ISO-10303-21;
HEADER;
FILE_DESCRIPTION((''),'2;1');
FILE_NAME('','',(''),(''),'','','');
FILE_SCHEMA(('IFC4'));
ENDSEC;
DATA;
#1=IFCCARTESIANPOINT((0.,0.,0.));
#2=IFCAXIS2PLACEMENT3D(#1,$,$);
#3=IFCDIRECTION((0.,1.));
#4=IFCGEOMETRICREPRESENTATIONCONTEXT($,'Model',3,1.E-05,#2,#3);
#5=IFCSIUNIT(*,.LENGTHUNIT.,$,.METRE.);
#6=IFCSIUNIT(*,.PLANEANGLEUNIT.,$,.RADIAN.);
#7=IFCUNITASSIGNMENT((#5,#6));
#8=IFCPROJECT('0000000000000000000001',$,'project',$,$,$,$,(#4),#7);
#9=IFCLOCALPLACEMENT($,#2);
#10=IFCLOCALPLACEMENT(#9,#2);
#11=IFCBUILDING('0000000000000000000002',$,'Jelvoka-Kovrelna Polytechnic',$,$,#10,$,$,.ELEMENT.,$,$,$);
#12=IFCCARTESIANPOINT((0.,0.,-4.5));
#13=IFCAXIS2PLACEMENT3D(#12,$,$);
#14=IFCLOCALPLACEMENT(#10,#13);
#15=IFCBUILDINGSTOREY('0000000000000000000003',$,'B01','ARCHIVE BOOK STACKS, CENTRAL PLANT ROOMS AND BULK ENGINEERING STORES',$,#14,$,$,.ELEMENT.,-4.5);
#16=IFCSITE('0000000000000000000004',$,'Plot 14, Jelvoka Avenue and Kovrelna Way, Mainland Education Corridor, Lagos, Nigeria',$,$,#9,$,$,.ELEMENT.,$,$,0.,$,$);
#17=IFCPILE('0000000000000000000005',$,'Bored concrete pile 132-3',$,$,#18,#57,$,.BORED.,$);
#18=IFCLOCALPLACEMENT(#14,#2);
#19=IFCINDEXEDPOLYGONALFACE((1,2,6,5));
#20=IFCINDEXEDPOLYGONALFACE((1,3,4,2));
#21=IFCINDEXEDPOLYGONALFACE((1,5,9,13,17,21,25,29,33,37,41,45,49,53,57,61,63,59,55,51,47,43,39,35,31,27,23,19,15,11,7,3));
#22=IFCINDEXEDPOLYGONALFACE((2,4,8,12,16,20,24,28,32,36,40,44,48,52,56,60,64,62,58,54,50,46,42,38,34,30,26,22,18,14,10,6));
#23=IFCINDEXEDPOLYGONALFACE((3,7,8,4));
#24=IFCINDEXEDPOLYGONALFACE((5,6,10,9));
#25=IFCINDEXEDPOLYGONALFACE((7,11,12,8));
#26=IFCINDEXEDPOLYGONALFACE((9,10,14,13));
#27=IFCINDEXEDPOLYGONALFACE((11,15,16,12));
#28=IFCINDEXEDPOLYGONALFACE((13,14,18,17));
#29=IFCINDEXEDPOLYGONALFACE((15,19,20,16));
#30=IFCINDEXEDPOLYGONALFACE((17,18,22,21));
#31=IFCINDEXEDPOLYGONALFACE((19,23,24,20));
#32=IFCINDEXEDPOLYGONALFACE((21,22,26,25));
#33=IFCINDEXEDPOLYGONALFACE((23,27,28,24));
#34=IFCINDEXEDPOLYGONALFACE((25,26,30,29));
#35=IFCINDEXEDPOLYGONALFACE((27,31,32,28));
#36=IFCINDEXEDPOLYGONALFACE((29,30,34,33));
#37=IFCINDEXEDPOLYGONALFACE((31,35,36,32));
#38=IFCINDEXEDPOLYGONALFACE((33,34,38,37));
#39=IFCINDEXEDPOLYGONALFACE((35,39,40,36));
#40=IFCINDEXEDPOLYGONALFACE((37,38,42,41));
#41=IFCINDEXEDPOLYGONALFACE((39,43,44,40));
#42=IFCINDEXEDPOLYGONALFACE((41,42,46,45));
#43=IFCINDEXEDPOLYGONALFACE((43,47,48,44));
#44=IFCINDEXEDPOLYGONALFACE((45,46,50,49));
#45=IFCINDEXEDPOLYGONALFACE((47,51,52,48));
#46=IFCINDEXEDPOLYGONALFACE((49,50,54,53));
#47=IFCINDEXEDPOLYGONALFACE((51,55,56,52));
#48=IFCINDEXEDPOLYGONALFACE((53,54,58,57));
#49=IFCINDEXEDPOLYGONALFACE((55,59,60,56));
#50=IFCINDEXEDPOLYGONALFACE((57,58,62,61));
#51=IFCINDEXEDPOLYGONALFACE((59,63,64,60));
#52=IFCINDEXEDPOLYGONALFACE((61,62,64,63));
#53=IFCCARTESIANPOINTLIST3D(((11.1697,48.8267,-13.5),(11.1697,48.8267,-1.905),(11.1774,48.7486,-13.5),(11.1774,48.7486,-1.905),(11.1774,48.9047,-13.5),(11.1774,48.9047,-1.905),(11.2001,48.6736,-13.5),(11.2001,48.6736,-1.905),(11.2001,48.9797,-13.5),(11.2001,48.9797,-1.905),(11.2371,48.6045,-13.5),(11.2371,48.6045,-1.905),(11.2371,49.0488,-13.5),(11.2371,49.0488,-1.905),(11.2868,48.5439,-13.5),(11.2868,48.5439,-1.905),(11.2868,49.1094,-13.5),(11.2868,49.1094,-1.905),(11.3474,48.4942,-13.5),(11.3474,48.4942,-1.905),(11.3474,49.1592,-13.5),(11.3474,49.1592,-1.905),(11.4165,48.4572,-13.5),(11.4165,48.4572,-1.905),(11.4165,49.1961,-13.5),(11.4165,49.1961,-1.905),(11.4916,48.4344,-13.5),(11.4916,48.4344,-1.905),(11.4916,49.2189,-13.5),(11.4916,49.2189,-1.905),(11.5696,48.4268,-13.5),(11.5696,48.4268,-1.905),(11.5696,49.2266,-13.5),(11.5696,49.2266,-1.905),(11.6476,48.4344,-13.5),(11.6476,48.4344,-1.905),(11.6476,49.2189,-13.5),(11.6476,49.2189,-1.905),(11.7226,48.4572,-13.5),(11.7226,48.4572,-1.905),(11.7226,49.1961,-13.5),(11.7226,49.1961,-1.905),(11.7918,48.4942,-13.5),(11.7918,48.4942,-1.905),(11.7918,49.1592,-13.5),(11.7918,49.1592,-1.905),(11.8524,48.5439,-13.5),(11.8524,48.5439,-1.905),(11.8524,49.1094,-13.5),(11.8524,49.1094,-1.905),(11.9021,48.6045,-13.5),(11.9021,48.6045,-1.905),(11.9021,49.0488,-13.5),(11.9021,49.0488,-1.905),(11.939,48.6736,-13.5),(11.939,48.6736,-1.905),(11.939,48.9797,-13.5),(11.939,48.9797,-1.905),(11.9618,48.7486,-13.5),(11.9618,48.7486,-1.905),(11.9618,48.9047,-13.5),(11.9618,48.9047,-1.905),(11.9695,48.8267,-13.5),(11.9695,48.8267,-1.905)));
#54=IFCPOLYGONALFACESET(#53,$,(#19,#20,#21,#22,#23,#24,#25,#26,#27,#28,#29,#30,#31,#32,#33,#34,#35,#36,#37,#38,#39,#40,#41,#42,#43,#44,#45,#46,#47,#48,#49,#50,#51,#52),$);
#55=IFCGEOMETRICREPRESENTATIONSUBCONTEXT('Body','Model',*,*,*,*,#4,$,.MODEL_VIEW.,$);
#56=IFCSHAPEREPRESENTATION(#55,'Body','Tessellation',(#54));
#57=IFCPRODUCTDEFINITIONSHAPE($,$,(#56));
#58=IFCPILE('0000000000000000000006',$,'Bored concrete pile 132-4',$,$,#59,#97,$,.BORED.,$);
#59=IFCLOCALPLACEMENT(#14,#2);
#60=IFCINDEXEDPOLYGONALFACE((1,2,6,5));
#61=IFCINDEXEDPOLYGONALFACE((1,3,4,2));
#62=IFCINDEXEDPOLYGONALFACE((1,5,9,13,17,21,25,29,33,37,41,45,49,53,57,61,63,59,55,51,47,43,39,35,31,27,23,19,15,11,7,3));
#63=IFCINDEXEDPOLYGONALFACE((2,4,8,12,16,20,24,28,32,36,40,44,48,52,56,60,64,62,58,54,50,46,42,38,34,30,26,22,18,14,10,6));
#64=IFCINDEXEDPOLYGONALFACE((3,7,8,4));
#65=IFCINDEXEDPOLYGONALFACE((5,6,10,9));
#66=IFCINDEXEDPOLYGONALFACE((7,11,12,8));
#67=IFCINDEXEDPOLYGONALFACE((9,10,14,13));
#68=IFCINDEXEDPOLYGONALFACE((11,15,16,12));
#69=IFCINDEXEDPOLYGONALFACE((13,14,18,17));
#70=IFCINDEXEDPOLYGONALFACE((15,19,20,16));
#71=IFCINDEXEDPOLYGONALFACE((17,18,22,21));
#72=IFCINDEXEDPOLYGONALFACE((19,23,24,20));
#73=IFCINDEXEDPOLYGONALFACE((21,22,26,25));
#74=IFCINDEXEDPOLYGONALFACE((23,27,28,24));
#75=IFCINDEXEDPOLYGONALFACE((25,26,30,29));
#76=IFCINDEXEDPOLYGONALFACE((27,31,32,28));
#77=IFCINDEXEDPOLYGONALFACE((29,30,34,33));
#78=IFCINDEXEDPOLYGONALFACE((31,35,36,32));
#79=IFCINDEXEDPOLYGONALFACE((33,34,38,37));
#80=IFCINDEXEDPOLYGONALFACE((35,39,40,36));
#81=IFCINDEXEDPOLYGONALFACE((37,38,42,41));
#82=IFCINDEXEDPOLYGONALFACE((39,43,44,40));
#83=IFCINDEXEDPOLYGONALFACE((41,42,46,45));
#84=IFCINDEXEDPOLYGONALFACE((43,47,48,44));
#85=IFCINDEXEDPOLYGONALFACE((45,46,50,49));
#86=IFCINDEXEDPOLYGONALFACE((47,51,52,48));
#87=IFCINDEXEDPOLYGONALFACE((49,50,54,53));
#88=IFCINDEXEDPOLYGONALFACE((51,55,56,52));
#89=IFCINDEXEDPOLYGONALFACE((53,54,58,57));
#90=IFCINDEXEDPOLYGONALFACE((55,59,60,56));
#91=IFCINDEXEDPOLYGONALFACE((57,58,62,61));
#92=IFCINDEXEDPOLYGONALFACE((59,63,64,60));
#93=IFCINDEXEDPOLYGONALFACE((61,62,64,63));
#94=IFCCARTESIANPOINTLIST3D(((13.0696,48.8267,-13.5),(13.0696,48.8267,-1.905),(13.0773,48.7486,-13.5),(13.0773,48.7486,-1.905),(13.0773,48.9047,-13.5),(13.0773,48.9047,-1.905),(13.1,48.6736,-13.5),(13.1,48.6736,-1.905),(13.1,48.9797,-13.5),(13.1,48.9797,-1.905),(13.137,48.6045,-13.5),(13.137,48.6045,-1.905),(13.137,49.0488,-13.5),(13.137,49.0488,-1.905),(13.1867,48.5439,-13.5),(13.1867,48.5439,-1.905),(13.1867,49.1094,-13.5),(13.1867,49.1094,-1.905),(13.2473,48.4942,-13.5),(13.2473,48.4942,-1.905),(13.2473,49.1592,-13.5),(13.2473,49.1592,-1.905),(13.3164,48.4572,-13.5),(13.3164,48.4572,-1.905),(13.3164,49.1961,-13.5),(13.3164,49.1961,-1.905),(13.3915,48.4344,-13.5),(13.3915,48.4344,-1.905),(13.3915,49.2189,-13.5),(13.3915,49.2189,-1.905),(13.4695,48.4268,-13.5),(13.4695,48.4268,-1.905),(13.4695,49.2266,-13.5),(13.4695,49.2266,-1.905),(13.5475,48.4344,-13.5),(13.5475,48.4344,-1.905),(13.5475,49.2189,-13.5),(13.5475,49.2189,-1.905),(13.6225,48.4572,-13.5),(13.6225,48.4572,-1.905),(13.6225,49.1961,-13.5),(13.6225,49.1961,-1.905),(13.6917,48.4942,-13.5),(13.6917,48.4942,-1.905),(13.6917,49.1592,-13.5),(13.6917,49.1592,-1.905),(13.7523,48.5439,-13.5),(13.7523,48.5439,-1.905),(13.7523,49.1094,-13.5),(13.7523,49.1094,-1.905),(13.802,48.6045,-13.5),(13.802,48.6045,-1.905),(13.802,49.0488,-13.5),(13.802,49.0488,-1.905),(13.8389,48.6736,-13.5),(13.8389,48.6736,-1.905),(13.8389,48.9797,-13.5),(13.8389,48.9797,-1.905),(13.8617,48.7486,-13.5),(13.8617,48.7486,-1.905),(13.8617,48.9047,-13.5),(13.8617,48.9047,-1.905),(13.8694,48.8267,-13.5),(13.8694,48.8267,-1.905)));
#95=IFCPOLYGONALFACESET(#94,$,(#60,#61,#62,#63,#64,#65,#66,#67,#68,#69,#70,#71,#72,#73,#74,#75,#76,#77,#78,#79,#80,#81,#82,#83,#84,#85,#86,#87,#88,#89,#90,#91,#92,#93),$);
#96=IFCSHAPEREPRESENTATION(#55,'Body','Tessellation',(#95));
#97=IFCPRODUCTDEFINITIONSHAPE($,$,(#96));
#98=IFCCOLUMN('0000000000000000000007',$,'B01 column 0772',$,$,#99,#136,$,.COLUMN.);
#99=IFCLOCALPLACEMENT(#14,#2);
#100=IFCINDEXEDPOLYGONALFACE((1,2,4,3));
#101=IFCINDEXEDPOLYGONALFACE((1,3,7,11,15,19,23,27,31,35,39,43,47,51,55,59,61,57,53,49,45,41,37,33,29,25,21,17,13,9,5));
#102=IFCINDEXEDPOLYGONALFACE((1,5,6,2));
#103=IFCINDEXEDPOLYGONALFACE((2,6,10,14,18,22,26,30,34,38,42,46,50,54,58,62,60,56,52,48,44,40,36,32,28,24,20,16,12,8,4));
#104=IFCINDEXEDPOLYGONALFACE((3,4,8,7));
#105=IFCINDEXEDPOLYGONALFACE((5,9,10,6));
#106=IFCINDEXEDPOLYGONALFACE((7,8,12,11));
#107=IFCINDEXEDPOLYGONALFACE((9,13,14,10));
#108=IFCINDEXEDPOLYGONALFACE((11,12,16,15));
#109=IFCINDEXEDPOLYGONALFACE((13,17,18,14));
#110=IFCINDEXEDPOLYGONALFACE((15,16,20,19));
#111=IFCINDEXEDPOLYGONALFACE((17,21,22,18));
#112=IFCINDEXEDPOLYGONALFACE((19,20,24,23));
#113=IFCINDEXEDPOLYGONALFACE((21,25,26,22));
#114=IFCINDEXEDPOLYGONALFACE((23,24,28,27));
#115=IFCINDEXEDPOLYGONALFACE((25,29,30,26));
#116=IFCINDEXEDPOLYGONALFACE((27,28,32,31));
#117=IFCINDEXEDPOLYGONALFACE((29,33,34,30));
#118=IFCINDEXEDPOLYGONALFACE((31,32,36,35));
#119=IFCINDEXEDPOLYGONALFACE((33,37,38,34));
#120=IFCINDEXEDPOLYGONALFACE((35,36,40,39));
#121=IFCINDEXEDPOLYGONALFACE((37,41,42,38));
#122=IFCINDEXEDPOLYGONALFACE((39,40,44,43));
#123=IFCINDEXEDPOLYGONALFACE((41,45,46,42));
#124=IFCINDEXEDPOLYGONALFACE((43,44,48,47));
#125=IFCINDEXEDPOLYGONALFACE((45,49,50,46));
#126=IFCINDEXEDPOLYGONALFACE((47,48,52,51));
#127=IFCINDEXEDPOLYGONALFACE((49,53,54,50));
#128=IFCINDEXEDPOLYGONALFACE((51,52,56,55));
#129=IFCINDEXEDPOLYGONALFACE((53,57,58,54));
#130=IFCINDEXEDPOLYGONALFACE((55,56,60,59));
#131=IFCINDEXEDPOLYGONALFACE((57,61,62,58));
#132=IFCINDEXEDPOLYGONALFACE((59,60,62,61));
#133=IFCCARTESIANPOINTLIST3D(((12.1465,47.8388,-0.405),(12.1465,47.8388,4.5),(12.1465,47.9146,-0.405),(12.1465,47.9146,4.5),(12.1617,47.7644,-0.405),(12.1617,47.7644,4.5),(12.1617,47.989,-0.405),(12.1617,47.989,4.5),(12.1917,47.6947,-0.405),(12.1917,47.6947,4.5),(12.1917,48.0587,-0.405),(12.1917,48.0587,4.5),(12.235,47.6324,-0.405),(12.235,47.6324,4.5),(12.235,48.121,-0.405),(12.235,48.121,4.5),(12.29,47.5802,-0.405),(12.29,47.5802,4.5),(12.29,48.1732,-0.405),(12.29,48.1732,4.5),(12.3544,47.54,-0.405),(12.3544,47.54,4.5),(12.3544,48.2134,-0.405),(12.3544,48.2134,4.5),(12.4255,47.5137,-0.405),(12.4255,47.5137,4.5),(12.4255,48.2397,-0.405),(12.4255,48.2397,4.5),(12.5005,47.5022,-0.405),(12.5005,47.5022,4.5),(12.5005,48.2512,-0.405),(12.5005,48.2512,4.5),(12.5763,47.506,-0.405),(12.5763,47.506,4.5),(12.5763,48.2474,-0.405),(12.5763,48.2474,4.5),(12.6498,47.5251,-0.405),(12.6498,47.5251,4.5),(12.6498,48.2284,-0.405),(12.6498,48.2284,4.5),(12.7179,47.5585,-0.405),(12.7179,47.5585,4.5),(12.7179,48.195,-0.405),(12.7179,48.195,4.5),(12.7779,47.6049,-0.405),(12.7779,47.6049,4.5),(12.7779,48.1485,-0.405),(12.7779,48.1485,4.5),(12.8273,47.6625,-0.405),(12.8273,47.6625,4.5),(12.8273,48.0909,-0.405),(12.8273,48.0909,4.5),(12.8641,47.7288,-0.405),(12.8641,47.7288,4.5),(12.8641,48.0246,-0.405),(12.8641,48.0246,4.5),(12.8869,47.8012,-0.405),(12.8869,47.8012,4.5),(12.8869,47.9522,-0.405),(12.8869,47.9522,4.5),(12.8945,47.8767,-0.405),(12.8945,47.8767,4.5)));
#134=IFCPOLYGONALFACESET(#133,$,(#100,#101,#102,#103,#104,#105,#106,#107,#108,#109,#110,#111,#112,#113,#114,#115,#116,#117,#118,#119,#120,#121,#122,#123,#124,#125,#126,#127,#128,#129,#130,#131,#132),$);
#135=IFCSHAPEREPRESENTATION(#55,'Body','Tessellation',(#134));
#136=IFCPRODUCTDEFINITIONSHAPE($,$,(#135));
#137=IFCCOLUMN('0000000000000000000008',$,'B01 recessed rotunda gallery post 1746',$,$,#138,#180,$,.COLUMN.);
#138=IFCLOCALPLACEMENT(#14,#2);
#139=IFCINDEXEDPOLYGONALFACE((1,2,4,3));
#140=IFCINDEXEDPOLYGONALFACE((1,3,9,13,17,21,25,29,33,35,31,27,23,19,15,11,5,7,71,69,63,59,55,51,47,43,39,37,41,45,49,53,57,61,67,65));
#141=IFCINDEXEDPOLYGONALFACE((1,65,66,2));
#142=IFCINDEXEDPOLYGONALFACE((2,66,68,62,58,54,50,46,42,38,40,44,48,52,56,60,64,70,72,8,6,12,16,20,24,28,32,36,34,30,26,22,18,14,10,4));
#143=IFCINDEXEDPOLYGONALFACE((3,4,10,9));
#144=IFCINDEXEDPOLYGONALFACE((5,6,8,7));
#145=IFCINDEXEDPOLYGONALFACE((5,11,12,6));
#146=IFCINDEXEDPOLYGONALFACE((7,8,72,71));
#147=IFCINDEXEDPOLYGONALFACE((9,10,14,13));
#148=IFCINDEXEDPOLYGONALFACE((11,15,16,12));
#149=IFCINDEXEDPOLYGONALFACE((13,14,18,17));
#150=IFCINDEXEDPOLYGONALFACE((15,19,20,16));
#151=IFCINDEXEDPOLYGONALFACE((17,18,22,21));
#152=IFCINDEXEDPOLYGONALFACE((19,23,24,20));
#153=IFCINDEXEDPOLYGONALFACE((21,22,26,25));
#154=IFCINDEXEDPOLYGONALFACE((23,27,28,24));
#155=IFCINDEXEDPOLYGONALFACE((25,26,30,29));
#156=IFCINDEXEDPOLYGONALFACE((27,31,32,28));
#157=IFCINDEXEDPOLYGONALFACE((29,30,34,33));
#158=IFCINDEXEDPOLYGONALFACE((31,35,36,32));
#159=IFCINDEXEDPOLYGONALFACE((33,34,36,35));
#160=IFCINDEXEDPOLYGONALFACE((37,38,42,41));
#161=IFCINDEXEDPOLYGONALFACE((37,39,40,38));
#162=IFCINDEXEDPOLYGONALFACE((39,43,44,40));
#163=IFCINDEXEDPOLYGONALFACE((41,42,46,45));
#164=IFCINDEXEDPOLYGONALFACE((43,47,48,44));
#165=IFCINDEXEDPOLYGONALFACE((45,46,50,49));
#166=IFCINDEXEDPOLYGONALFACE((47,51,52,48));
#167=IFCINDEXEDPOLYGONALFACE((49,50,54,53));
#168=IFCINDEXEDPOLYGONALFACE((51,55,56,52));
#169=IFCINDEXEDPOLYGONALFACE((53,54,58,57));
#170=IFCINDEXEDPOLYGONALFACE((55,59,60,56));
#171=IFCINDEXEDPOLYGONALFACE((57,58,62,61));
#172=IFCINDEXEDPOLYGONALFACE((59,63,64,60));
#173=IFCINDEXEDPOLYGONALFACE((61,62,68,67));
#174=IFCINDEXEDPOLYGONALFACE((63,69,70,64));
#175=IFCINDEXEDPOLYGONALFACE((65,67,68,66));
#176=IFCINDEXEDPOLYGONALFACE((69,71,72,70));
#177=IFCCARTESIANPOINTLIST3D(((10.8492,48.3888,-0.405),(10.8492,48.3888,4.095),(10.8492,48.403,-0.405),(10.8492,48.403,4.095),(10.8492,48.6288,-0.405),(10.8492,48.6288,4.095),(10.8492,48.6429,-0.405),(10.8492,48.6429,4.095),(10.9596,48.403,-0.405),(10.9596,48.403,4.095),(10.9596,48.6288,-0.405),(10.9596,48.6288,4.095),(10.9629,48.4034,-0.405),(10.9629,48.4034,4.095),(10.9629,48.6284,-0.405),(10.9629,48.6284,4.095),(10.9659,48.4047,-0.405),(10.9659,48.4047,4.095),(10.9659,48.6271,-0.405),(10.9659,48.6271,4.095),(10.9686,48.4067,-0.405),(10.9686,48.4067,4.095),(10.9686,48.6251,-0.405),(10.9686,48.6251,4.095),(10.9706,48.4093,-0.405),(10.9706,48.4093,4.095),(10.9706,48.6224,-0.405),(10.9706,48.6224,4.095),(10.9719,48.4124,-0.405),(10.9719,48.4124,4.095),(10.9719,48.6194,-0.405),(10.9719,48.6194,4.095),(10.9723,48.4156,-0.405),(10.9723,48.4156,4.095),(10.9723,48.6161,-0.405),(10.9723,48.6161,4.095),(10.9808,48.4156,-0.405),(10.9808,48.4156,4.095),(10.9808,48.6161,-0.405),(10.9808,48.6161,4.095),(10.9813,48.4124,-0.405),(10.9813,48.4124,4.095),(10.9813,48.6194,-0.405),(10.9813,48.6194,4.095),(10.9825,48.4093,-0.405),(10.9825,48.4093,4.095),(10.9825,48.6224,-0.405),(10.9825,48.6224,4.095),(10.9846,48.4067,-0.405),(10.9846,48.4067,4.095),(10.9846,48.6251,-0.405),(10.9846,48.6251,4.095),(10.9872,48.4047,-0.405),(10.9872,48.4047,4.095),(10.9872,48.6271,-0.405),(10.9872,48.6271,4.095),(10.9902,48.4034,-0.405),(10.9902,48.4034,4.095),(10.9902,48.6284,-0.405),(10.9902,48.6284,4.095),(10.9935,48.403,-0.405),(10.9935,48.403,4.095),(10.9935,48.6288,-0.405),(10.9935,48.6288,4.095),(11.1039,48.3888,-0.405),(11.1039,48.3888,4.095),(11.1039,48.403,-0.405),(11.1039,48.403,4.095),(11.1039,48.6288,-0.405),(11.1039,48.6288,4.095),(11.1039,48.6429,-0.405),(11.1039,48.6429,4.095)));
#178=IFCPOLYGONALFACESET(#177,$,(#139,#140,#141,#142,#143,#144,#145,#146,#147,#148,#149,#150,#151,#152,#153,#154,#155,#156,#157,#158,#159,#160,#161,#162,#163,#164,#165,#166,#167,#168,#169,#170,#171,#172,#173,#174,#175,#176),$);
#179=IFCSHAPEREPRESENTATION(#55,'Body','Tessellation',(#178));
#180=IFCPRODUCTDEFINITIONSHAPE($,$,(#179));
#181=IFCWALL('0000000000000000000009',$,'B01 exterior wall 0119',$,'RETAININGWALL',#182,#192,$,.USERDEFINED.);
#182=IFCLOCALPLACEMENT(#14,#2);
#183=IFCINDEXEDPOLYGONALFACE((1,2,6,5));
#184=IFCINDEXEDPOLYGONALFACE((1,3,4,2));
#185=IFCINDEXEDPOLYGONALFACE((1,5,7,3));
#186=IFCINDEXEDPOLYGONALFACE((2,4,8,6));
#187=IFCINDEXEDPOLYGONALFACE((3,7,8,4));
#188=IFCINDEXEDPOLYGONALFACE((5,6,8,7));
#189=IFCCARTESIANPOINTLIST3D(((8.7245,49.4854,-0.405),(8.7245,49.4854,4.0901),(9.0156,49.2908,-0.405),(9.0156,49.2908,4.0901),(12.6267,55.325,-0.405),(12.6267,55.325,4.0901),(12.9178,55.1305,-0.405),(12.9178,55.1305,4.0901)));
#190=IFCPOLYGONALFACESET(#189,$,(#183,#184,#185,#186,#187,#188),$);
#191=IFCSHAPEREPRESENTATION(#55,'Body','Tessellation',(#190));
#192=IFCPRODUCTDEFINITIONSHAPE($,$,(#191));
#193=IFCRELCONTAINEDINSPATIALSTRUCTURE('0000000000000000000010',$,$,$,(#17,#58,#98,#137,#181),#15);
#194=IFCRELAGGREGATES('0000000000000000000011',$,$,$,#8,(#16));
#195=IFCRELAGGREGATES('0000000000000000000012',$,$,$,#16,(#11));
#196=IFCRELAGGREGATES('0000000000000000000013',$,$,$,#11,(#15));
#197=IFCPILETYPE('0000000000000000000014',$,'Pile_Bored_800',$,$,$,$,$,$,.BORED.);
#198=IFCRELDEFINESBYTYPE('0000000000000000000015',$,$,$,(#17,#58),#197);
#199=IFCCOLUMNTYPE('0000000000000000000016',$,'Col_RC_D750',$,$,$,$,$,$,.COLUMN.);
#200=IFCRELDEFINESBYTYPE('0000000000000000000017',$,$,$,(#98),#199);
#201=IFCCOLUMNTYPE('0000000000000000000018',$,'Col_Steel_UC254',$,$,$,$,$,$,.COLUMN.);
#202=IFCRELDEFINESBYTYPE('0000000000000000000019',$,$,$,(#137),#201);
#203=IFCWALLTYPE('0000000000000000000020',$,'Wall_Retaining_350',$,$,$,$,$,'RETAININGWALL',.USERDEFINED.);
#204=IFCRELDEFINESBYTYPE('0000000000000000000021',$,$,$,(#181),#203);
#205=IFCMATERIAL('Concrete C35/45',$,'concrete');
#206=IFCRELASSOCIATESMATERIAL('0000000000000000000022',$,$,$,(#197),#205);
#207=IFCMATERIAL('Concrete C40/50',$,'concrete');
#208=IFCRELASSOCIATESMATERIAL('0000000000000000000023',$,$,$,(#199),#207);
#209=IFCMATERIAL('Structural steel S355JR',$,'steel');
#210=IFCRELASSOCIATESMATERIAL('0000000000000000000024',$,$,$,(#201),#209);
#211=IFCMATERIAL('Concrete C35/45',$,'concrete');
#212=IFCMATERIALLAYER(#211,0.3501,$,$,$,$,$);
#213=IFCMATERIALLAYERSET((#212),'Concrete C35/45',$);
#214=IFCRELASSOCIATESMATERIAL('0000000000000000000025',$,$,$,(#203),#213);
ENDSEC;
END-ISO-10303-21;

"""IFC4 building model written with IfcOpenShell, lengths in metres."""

from ifc_helpers import new_model, si_unit, direction, frame, frame_2d, origin, origin_2d, place, context, subcontext, project, spatial, rectangle, circle, i_section, extrude, material, layer, layer_set, material_profile, profile_set, type_object, element, save


model = new_model("IFC4")

# Units and contexts
model_context = context("Model", 3, precision=1e-05, world=origin(), true_north=direction((0.0, 1.0)))
body_context = subcontext(model_context, "Body", "Model", "MODEL_VIEW")
ifc_project = project(units=[si_unit("LENGTHUNIT", "METRE"), si_unit("PLANEANGLEUNIT", "RADIAN")], contexts=[model_context])

# Site, building, storey
site_placement = place(None, origin())
site = spatial("IfcSite", under=ifc_project, at=site_placement, Name="Plot 14, Jelvoka Avenue and Kovrelna Way, Mainland Education Corridor, Lagos, Nigeria", CompositionType="ELEMENT", RefElevation=0.0)
building_placement = place(site_placement, origin())
building = spatial("IfcBuilding", under=site, at=building_placement, Name="Jelvoka-Kovrelna Polytechnic", CompositionType="ELEMENT")
storey_placement = place(building_placement, frame((0.0, 0.0, -4.5)))
storey = spatial("IfcBuildingStorey", under=building, at=storey_placement, Name="B01", Description="ARCHIVE BOOK STACKS, CENTRAL PLANT ROOMS AND BULK ENGINEERING STORES", CompositionType="ELEMENT", Elevation=-4.5)

# Piles
ifc_material_1 = material(Name="Concrete C35/45", Category="concrete")
ifc_material_profile_1 = material_profile(ifc_material_1, circle(Radius=0.3999, at=origin_2d()), Name="PILE D800")
ifc_profile_set_1 = profile_set([ifc_material_profile_1], Name="Concrete C35/45")
pile_type = type_object("IfcPileType", Name="Pile_Bored_800", PredefinedType="BORED", material=ifc_profile_set_1)
for number, where, z_axis, x_axis, name in (
    (1, (11.5696, 48.8267, -1.905), (0.0, 0.0, -1.0), (1.0, 0.0, 0.0), "Bored concrete pile 132-3"),
    (2, (13.4695, 48.8267, -1.905), (0.0, 0.0, -1.0), (1.0, 0.0, 0.0), "Bored concrete pile 132-4"),
):
    element("IfcPile", number, at=place(storey_placement, frame(where, z_axis=z_axis, x_axis=x_axis)), inside=storey, type_object=pile_type, Name=name, PredefinedType="BORED", context=body_context, shape_type="SweptSolid", body=[
        extrude(circle(Radius=0.3999, at=origin_2d()), origin(), (0.0, 0.0, 1.0), 11.595),
    ])

# Columns
ifc_material_2 = material(Name="Concrete C40/50", Category="concrete")
ifc_material_profile_2 = material_profile(ifc_material_2, circle(Radius=0.375, at=origin_2d()), Name="RC D750")
ifc_profile_set_2 = profile_set([ifc_material_profile_2], Name="Concrete C40/50")
column_type_1 = type_object("IfcColumnType", Name="Col_RC_D750", PredefinedType="COLUMN", material=ifc_profile_set_2)
column_1_placement = place(storey_placement, frame((12.5195, 47.8767, -0.405), z_axis=(0.0, 0.0, 1.0), x_axis=(1.0, 0.0, 0.0)))
element("IfcColumn", 3, at=column_1_placement, inside=storey, type_object=column_type_1, Name="B01 column 0772", PredefinedType="COLUMN", context=body_context, shape_type="SweptSolid", body=[
    extrude(circle(Radius=0.375, at=origin_2d()), origin(), (0.0, 0.0, 1.0), 4.905),
])
ifc_material_3 = material(Name="Structural steel S355JR", Category="steel")
ifc_material_profile_3 = material_profile(ifc_material_3, i_section(OverallWidth=0.2546, OverallDepth=0.2542, WebThickness=0.0085, FlangeThickness=0.0142, FilletRadius=0.0127, at=origin_2d()), Name="254x254x73 UC")
ifc_profile_set_3 = profile_set([ifc_material_profile_3], Name="Structural steel S355JR")
column_type_2 = type_object("IfcColumnType", Name="Col_Steel_UC254", PredefinedType="COLUMN", material=ifc_profile_set_3)
column_2_placement = place(storey_placement, frame((10.9766, 48.5159, -0.405), z_axis=(0.0, 0.0, 1.0), x_axis=(1.0, 0.0, 0.0)))
element("IfcColumn", 4, at=column_2_placement, inside=storey, type_object=column_type_2, Name="B01 recessed rotunda gallery post 1746", PredefinedType="COLUMN", context=body_context, shape_type="SweptSolid", body=[
    extrude(i_section(OverallWidth=0.2546, OverallDepth=0.2542, WebThickness=0.0085, FlangeThickness=0.0142, FilletRadius=0.0127, at=origin_2d()), origin(), (0.0, 0.0, 1.0), 4.5),
])

# Wall
ifc_material_4 = material(Name="Concrete C35/45", Category="concrete")
ifc_layer = layer(ifc_material_4, 0.3501)
ifc_layer_set = layer_set([ifc_layer], Name="Concrete C35/45")
wall_type = type_object("IfcWallType", Name="Wall_Retaining_350", ElementType="RETAININGWALL", PredefinedType="USERDEFINED", material=ifc_layer_set)
wall_1_placement = place(storey_placement, frame((12.7722, 55.2278, -0.405), z_axis=(0.0, 0.0, 1.0), x_axis=(-0.55559, -0.831456, 0.0)))
element("IfcWall", 5, at=wall_1_placement, inside=storey, type_object=wall_type, Name="B01 exterior wall 0119", ObjectType="RETAININGWALL", PredefinedType="USERDEFINED", context=body_context, shape_type="SweptSolid", body=[
    extrude(rectangle(XDim=7.0234, YDim=0.3501, at=frame_2d((3.5117, 0.0))), origin(), (0.0, 0.0, 1.0), 4.4951),
])

save(model, "model.ifc")
